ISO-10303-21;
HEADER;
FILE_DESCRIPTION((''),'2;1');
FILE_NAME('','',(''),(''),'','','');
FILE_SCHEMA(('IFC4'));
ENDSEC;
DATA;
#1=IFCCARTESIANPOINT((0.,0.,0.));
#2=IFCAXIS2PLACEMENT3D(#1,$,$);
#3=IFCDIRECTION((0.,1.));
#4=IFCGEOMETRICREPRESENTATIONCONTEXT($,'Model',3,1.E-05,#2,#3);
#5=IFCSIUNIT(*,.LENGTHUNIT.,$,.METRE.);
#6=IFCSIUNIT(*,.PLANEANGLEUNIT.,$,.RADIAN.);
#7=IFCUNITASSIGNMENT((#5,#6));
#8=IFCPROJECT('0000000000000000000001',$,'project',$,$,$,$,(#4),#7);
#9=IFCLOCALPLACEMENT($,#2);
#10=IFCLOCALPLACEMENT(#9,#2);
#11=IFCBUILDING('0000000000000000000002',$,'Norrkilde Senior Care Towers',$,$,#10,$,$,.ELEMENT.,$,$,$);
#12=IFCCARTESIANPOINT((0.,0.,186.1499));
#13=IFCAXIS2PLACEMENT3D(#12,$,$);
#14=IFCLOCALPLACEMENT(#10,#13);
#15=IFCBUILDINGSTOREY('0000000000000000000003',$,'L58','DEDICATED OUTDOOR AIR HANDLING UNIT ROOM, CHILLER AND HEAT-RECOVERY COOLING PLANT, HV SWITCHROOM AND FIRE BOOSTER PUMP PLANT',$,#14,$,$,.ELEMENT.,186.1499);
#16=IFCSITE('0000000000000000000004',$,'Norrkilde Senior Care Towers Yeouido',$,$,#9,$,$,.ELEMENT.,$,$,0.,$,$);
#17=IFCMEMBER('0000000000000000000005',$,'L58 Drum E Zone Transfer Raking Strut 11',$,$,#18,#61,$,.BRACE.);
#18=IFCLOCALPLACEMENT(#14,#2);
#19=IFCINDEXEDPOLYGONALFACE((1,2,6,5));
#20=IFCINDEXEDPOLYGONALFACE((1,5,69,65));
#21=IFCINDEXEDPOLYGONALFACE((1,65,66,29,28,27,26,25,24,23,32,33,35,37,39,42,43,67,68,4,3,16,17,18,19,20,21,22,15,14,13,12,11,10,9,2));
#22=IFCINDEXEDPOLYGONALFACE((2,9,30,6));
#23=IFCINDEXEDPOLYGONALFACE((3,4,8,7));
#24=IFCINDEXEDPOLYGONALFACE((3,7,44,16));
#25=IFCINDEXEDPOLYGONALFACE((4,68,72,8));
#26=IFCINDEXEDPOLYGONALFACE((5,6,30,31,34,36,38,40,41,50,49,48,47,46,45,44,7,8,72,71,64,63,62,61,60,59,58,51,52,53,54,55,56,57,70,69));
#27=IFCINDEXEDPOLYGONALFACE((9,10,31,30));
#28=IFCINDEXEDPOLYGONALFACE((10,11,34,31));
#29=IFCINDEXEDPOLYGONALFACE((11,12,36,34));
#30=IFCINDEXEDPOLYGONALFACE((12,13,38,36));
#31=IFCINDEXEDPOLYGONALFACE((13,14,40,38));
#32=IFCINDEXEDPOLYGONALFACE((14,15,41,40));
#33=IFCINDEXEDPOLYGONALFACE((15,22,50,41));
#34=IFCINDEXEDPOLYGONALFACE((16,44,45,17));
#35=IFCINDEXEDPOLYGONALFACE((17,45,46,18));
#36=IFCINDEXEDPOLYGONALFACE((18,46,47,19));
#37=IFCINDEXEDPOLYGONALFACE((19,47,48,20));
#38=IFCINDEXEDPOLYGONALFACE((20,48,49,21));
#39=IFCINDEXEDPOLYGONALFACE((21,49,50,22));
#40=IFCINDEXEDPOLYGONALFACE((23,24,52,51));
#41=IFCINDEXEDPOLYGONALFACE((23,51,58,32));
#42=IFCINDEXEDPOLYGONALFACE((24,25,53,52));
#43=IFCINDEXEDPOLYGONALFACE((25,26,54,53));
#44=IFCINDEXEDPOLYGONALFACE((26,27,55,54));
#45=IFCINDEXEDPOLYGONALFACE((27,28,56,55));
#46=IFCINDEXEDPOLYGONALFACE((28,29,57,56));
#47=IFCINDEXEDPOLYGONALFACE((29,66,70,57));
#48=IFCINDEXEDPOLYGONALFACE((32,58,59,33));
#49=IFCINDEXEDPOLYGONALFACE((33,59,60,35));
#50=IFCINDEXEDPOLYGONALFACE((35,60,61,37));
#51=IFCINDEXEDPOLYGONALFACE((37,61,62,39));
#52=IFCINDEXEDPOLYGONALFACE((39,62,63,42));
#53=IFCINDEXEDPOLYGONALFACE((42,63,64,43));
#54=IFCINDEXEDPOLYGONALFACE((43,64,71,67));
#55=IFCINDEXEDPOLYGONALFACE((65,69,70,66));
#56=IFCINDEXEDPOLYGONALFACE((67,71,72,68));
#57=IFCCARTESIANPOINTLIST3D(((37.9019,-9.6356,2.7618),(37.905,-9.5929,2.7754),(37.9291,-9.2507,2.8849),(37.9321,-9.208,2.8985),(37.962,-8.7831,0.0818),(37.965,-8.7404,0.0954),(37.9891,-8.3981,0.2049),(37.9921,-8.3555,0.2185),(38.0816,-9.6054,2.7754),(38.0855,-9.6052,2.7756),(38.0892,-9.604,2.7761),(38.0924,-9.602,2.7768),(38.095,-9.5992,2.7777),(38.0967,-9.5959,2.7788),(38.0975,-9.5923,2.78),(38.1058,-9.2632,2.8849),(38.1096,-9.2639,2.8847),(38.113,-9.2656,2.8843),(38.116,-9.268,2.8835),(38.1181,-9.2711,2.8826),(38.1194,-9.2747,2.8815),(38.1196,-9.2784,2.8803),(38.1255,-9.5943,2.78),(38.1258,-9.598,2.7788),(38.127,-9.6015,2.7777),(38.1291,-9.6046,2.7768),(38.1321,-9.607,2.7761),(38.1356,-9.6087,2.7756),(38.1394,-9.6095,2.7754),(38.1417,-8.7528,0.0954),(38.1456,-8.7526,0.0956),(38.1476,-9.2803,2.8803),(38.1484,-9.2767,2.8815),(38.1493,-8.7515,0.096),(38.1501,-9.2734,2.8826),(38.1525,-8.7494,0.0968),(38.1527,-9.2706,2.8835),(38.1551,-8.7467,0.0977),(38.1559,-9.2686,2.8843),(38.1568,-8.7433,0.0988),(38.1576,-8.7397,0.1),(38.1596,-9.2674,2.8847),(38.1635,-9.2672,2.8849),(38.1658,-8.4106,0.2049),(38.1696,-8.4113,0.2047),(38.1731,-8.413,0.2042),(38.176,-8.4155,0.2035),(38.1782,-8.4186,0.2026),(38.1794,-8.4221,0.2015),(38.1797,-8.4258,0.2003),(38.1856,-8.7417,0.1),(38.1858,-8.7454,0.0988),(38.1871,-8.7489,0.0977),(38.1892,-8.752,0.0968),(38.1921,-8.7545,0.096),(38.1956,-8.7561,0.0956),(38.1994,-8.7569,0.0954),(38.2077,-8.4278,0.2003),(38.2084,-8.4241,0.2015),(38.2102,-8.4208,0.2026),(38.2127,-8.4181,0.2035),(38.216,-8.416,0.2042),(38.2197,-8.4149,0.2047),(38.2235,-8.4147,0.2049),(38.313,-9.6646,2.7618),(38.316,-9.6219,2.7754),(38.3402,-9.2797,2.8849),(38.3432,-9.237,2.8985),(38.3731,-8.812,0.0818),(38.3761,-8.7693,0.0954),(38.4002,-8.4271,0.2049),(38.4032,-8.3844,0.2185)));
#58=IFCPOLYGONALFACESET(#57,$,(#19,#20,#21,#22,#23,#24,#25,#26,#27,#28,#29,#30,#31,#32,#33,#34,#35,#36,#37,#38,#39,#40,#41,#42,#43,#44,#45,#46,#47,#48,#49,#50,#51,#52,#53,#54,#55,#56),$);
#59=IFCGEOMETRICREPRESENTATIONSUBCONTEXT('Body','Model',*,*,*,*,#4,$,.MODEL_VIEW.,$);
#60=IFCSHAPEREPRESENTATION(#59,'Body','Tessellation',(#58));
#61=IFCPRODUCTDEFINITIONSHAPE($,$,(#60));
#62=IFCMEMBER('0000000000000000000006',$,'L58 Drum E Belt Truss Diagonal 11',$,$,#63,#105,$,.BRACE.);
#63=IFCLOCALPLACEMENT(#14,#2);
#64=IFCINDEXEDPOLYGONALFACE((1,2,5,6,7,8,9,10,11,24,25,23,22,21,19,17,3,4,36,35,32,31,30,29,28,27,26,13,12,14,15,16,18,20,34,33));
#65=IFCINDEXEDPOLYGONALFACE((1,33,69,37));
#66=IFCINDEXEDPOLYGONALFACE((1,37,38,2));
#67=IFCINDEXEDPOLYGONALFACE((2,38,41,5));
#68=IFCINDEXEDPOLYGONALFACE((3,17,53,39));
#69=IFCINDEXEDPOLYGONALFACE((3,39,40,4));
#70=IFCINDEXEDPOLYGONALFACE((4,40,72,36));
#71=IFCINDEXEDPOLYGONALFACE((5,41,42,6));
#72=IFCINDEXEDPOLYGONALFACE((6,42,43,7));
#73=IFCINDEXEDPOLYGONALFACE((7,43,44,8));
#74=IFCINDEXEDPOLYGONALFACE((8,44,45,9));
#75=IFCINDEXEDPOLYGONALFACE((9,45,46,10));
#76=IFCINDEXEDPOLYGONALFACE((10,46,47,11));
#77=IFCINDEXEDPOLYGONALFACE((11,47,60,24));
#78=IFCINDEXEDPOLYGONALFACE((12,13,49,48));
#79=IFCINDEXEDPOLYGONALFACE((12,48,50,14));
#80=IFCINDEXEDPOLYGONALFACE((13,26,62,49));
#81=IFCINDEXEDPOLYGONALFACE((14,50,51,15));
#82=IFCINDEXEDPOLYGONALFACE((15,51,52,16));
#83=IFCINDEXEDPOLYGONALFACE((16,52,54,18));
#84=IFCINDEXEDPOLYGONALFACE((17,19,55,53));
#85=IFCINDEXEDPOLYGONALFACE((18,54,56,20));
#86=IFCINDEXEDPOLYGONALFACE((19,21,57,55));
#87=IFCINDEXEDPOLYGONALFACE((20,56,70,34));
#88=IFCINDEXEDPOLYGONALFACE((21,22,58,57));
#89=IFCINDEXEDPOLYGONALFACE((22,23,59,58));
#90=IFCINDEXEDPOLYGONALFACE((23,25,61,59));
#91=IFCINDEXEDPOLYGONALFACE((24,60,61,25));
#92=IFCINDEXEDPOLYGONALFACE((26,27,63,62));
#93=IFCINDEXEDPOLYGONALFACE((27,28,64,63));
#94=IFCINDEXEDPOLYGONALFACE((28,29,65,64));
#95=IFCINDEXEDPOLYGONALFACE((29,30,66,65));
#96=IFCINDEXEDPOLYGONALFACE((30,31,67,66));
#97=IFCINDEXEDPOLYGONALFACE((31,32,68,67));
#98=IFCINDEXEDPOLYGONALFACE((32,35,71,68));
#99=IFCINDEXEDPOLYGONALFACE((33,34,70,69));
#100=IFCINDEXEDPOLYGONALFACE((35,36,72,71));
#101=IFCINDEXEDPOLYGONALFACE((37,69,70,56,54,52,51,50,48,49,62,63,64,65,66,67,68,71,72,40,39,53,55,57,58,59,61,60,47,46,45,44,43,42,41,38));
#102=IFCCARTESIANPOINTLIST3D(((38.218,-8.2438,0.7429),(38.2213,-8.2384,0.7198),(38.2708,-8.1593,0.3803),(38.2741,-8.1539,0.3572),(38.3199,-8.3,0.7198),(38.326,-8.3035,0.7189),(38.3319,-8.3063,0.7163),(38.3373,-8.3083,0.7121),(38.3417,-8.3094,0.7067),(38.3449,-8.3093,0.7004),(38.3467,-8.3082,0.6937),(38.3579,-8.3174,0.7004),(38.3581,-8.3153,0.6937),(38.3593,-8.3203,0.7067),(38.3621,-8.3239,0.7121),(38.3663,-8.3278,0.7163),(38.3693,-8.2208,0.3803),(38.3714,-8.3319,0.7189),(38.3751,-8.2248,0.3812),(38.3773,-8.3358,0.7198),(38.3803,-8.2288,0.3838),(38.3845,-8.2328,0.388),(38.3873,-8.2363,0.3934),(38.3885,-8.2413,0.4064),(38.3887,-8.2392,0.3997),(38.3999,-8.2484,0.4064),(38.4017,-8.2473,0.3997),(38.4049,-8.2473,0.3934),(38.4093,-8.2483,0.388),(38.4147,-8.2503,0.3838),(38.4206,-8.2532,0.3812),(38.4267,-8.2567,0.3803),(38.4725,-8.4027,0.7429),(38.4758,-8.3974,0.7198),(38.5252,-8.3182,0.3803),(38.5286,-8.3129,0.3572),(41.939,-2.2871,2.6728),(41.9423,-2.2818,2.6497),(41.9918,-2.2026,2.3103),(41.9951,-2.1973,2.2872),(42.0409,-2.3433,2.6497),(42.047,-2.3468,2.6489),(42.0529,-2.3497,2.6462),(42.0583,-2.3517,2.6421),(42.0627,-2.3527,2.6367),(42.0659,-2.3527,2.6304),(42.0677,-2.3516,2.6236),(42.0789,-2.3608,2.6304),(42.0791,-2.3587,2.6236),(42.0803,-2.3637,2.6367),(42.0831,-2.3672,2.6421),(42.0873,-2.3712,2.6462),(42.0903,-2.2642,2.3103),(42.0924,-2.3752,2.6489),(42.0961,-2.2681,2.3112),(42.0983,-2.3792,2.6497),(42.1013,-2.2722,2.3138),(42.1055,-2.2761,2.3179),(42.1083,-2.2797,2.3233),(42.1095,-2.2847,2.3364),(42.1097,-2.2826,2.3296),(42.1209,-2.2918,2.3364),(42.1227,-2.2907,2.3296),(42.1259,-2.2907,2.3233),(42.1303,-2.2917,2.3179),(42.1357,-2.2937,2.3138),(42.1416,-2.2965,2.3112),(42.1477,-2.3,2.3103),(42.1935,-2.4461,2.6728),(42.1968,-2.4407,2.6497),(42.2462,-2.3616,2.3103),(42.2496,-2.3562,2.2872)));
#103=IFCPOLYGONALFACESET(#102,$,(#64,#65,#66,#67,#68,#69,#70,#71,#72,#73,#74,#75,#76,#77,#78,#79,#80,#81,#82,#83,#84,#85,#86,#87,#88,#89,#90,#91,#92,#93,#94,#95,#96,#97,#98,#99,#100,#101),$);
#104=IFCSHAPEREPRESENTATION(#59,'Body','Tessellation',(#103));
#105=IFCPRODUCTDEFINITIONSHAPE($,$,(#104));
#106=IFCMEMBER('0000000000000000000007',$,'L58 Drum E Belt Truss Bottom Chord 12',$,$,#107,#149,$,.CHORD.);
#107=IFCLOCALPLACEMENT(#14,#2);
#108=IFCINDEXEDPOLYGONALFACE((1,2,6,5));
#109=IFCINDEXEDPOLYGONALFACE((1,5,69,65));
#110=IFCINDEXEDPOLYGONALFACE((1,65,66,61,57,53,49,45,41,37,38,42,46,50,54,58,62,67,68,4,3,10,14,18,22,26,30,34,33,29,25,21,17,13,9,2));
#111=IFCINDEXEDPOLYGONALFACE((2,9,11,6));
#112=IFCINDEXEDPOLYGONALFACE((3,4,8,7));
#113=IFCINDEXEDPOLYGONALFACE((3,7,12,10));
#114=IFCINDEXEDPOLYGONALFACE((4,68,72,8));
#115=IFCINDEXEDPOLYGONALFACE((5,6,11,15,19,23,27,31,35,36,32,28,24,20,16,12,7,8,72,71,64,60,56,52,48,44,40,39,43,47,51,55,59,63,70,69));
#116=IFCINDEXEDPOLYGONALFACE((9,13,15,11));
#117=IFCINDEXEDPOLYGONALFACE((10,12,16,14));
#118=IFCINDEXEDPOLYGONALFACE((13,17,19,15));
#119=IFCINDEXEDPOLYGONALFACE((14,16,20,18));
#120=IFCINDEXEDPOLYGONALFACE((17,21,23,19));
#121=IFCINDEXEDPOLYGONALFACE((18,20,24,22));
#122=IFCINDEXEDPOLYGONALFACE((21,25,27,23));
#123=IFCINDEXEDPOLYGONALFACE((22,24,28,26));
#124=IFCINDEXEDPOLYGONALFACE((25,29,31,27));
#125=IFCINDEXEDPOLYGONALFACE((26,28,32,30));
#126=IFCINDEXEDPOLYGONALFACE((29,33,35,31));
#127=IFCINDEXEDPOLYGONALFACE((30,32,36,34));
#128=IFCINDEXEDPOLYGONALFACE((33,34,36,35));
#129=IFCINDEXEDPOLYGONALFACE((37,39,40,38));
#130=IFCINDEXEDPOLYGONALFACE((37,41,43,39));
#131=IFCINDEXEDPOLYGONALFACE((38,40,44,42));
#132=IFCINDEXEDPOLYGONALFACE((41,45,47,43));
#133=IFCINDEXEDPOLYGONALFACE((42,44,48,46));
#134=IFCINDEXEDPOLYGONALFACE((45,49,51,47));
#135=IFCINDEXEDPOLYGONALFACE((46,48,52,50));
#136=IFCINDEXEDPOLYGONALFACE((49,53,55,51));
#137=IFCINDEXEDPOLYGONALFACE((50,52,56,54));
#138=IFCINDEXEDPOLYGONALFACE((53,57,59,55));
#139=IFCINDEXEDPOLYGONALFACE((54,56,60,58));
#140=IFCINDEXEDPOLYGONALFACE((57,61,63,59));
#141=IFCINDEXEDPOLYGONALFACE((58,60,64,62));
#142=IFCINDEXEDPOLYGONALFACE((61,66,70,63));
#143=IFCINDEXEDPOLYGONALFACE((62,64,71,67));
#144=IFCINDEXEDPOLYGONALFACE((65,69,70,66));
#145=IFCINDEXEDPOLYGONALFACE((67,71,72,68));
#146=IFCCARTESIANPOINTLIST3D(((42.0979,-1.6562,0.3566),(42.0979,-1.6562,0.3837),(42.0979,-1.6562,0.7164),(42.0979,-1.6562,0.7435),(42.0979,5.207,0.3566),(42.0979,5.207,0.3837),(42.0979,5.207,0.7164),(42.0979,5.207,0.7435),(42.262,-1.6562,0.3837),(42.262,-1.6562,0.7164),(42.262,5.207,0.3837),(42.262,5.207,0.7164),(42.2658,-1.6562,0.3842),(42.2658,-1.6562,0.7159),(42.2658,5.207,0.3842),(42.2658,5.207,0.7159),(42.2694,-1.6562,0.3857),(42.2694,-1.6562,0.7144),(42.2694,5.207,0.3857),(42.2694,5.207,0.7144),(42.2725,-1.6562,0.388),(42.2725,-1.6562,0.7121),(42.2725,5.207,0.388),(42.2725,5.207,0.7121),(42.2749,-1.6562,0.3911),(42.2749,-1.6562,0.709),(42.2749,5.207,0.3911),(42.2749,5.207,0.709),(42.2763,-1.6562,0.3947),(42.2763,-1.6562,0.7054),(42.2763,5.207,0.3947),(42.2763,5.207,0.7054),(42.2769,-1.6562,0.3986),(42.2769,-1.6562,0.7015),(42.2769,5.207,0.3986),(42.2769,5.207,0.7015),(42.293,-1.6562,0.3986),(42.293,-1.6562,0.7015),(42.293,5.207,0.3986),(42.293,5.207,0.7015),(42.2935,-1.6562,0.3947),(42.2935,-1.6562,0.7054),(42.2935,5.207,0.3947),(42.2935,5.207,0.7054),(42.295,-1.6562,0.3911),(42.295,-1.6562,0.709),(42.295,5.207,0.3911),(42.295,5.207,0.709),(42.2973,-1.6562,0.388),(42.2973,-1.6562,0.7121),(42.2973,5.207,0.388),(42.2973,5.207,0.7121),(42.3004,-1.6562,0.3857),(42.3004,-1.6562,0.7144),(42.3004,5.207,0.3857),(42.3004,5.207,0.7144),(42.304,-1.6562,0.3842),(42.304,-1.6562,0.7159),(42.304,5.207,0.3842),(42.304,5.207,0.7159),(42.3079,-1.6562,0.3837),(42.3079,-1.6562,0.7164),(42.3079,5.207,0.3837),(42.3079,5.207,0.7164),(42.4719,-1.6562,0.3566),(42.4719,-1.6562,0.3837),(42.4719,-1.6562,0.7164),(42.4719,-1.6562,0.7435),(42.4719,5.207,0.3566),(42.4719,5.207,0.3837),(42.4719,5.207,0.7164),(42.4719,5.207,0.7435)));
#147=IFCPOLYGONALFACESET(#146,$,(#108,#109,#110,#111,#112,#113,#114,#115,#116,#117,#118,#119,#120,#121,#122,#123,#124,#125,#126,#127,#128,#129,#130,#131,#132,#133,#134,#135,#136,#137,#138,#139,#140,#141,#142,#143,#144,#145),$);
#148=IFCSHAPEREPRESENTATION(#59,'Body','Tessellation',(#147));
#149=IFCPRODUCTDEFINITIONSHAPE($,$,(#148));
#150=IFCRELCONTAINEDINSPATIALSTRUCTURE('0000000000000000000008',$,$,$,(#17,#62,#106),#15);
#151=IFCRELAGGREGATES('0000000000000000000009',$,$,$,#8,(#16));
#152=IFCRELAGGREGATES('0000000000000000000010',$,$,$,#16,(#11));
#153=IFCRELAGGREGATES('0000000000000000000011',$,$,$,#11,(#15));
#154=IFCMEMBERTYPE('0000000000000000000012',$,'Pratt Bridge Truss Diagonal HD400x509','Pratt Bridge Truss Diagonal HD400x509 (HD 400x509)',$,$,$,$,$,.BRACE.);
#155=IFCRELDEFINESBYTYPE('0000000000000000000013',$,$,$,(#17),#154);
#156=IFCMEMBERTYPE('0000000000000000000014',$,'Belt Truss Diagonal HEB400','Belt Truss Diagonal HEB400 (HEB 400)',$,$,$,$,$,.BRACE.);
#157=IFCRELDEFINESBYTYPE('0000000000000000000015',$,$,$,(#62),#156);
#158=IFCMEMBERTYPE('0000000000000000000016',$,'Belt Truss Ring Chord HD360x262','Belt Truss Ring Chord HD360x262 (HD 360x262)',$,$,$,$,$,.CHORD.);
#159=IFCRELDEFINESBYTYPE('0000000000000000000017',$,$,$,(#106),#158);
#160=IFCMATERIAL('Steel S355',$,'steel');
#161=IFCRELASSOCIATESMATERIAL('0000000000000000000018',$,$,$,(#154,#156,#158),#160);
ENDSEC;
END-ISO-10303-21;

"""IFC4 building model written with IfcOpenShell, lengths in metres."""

from ifc_helpers import new_model, si_unit, direction, frame, origin, origin_2d, place, context, subcontext, project, spatial, i_section, extrude, source, transform, mapped, material, material_profile, profile_set, type_object, type_shapes, element, save


model = new_model("IFC4")

# Units and contexts
model_context = context("Model", 3, precision=1e-05, world=origin(), true_north=direction((0.0, 1.0)))
body_context = subcontext(model_context, "Body", "Model", "MODEL_VIEW")
ifc_project = project(units=[si_unit("LENGTHUNIT", "METRE"), si_unit("PLANEANGLEUNIT", "RADIAN")], contexts=[model_context])

# Site, building, storey
site_placement = place(None, origin())
site = spatial("IfcSite", under=ifc_project, at=site_placement, Name="Norrkilde Senior Care Towers Yeouido", CompositionType="ELEMENT", RefElevation=0.0)
building_placement = place(site_placement, origin())
building = spatial("IfcBuilding", under=site, at=building_placement, Name="Norrkilde Senior Care Towers", CompositionType="ELEMENT")
storey_placement = place(building_placement, frame((0.0, 0.0, 186.1499)))
storey = spatial("IfcBuildingStorey", under=building, at=storey_placement, Name="L58", Description="DEDICATED OUTDOOR AIR HANDLING UNIT ROOM, CHILLER AND HEAT-RECOVERY COOLING PLANT, HV SWITCHROOM AND FIRE BOOSTER PUMP PLANT", CompositionType="ELEMENT", Elevation=186.1499)

# Shared definitions
ifc_material_1 = material(Name="Steel S355", Category="steel")
ifc_material_profile_1 = material_profile(ifc_material_1, i_section(OverallWidth=0.4121, OverallDepth=0.45, WebThickness=0.0281, FlangeThickness=0.0449, FilletRadius=0.0149, at=origin_2d()), Name="HD 400x509")
ifc_profile_set_1 = profile_set([ifc_material_profile_1], Name="Steel S355")
member_type_1 = type_object("IfcMemberType", Name="Pratt Bridge Truss Diagonal HD400x509", Description="Pratt Bridge Truss Diagonal HD400x509 (HD 400x509)", PredefinedType="BRACE", material=ifc_profile_set_1)

# Members
shared_shape_1 = source(origin(), body_context, "Body", "SweptSolid", [
    extrude(i_section(OverallWidth=0.4121, OverallDepth=0.45, WebThickness=0.0281, FlangeThickness=0.0449, FilletRadius=0.0149, at=origin_2d()), origin(), (0.0, 0.0, 1.0), 2.813),
])
member_1_placement = place(storey_placement, frame((38.1826, -8.5837, 0.1501), z_axis=(-0.021351, -0.303081, 0.952726), x_axis=(0.997528, -0.070273, 0.0)))
element("IfcMember", 1, at=member_1_placement, inside=storey, type_object=member_type_1, Name="L58 Drum E Zone Transfer Raking Strut 11", PredefinedType="BRACE", context=body_context, shape_type="MappedRepresentation", body=[
    mapped(shared_shape_1, transform((0.0, 0.0, 0.0), x_axis=(1.0, 0.0, 0.0), y_axis=(0.0, 1.0, 0.0), z_axis=(0.0, 0.0, 1.0), scale=1.0)),
])
ifc_material_profile_2 = material_profile(ifc_material_1, i_section(OverallWidth=0.3, OverallDepth=0.3999, WebThickness=0.0134, FlangeThickness=0.0239, FilletRadius=0.0271, at=origin_2d()), Name="HEB 400")
ifc_profile_set_2 = profile_set([ifc_material_profile_2], Name="Steel S355")
member_type_2 = type_object("IfcMemberType", Name="Belt Truss Diagonal HEB400", Description="Belt Truss Diagonal HEB400 (HEB 400)", PredefinedType="BRACE", material=ifc_profile_set_2)
shared_shape_2 = source(origin(), body_context, "Body", "SweptSolid", [
    extrude(i_section(OverallWidth=0.3, OverallDepth=0.3999, WebThickness=0.0134, FlangeThickness=0.0239, FilletRadius=0.0271, at=origin_2d()), origin(), (0.0, 0.0, 1.0), 7.2837),
])
type_shapes(member_type_2, [shared_shape_2])
member_2_placement = place(storey_placement, frame((38.3733, -8.2783, 0.55), z_axis=(0.510868, 0.817805, 0.26497), x_axis=(-0.848119, 0.529805, 0.0)))
element("IfcMember", 2, at=member_2_placement, inside=storey, type_object=member_type_2, Name="L58 Drum E Belt Truss Diagonal 11", PredefinedType="BRACE", context=body_context, shape_type="MappedRepresentation", body=[
    mapped(shared_shape_2, transform((0.0, 0.0, 0.0), x_axis=(1.0, 0.0, 0.0), y_axis=(0.0, 1.0, 0.0), z_axis=(0.0, 0.0, 1.0), scale=1.0)),
])
ifc_material_profile_3 = material_profile(ifc_material_1, i_section(OverallWidth=0.374, OverallDepth=0.387, WebThickness=0.0161, FlangeThickness=0.0271, FilletRadius=0.0149, at=origin_2d()), Name="HD 360x262")
ifc_profile_set_3 = profile_set([ifc_material_profile_3], Name="Steel S355")
member_type_3 = type_object("IfcMemberType", Name="Belt Truss Ring Chord HD360x262", Description="Belt Truss Ring Chord HD360x262 (HD 360x262)", PredefinedType="CHORD", material=ifc_profile_set_3)
shared_shape_3 = source(origin(), body_context, "Body", "SweptSolid", [
    extrude(i_section(OverallWidth=0.374, OverallDepth=0.387, WebThickness=0.0161, FlangeThickness=0.0271, FilletRadius=0.0149, at=origin_2d()), origin(), (0.0, 0.0, 1.0), 6.8633),
])
member_3_placement = place(storey_placement, frame((42.2849, -1.6562, 0.55), z_axis=(0.0, 1.0, 0.0), x_axis=(-1.0, 0.0, 0.0)))
element("IfcMember", 3, at=member_3_placement, inside=storey, type_object=member_type_3, Name="L58 Drum E Belt Truss Bottom Chord 12", PredefinedType="CHORD", context=body_context, shape_type="MappedRepresentation", body=[
    mapped(shared_shape_3, transform((0.0, 0.0, 0.0), x_axis=(1.0, 0.0, 0.0), y_axis=(0.0, 1.0, 0.0), z_axis=(0.0, 0.0, 1.0), scale=1.0)),
])

save(model, "model.ifc")
